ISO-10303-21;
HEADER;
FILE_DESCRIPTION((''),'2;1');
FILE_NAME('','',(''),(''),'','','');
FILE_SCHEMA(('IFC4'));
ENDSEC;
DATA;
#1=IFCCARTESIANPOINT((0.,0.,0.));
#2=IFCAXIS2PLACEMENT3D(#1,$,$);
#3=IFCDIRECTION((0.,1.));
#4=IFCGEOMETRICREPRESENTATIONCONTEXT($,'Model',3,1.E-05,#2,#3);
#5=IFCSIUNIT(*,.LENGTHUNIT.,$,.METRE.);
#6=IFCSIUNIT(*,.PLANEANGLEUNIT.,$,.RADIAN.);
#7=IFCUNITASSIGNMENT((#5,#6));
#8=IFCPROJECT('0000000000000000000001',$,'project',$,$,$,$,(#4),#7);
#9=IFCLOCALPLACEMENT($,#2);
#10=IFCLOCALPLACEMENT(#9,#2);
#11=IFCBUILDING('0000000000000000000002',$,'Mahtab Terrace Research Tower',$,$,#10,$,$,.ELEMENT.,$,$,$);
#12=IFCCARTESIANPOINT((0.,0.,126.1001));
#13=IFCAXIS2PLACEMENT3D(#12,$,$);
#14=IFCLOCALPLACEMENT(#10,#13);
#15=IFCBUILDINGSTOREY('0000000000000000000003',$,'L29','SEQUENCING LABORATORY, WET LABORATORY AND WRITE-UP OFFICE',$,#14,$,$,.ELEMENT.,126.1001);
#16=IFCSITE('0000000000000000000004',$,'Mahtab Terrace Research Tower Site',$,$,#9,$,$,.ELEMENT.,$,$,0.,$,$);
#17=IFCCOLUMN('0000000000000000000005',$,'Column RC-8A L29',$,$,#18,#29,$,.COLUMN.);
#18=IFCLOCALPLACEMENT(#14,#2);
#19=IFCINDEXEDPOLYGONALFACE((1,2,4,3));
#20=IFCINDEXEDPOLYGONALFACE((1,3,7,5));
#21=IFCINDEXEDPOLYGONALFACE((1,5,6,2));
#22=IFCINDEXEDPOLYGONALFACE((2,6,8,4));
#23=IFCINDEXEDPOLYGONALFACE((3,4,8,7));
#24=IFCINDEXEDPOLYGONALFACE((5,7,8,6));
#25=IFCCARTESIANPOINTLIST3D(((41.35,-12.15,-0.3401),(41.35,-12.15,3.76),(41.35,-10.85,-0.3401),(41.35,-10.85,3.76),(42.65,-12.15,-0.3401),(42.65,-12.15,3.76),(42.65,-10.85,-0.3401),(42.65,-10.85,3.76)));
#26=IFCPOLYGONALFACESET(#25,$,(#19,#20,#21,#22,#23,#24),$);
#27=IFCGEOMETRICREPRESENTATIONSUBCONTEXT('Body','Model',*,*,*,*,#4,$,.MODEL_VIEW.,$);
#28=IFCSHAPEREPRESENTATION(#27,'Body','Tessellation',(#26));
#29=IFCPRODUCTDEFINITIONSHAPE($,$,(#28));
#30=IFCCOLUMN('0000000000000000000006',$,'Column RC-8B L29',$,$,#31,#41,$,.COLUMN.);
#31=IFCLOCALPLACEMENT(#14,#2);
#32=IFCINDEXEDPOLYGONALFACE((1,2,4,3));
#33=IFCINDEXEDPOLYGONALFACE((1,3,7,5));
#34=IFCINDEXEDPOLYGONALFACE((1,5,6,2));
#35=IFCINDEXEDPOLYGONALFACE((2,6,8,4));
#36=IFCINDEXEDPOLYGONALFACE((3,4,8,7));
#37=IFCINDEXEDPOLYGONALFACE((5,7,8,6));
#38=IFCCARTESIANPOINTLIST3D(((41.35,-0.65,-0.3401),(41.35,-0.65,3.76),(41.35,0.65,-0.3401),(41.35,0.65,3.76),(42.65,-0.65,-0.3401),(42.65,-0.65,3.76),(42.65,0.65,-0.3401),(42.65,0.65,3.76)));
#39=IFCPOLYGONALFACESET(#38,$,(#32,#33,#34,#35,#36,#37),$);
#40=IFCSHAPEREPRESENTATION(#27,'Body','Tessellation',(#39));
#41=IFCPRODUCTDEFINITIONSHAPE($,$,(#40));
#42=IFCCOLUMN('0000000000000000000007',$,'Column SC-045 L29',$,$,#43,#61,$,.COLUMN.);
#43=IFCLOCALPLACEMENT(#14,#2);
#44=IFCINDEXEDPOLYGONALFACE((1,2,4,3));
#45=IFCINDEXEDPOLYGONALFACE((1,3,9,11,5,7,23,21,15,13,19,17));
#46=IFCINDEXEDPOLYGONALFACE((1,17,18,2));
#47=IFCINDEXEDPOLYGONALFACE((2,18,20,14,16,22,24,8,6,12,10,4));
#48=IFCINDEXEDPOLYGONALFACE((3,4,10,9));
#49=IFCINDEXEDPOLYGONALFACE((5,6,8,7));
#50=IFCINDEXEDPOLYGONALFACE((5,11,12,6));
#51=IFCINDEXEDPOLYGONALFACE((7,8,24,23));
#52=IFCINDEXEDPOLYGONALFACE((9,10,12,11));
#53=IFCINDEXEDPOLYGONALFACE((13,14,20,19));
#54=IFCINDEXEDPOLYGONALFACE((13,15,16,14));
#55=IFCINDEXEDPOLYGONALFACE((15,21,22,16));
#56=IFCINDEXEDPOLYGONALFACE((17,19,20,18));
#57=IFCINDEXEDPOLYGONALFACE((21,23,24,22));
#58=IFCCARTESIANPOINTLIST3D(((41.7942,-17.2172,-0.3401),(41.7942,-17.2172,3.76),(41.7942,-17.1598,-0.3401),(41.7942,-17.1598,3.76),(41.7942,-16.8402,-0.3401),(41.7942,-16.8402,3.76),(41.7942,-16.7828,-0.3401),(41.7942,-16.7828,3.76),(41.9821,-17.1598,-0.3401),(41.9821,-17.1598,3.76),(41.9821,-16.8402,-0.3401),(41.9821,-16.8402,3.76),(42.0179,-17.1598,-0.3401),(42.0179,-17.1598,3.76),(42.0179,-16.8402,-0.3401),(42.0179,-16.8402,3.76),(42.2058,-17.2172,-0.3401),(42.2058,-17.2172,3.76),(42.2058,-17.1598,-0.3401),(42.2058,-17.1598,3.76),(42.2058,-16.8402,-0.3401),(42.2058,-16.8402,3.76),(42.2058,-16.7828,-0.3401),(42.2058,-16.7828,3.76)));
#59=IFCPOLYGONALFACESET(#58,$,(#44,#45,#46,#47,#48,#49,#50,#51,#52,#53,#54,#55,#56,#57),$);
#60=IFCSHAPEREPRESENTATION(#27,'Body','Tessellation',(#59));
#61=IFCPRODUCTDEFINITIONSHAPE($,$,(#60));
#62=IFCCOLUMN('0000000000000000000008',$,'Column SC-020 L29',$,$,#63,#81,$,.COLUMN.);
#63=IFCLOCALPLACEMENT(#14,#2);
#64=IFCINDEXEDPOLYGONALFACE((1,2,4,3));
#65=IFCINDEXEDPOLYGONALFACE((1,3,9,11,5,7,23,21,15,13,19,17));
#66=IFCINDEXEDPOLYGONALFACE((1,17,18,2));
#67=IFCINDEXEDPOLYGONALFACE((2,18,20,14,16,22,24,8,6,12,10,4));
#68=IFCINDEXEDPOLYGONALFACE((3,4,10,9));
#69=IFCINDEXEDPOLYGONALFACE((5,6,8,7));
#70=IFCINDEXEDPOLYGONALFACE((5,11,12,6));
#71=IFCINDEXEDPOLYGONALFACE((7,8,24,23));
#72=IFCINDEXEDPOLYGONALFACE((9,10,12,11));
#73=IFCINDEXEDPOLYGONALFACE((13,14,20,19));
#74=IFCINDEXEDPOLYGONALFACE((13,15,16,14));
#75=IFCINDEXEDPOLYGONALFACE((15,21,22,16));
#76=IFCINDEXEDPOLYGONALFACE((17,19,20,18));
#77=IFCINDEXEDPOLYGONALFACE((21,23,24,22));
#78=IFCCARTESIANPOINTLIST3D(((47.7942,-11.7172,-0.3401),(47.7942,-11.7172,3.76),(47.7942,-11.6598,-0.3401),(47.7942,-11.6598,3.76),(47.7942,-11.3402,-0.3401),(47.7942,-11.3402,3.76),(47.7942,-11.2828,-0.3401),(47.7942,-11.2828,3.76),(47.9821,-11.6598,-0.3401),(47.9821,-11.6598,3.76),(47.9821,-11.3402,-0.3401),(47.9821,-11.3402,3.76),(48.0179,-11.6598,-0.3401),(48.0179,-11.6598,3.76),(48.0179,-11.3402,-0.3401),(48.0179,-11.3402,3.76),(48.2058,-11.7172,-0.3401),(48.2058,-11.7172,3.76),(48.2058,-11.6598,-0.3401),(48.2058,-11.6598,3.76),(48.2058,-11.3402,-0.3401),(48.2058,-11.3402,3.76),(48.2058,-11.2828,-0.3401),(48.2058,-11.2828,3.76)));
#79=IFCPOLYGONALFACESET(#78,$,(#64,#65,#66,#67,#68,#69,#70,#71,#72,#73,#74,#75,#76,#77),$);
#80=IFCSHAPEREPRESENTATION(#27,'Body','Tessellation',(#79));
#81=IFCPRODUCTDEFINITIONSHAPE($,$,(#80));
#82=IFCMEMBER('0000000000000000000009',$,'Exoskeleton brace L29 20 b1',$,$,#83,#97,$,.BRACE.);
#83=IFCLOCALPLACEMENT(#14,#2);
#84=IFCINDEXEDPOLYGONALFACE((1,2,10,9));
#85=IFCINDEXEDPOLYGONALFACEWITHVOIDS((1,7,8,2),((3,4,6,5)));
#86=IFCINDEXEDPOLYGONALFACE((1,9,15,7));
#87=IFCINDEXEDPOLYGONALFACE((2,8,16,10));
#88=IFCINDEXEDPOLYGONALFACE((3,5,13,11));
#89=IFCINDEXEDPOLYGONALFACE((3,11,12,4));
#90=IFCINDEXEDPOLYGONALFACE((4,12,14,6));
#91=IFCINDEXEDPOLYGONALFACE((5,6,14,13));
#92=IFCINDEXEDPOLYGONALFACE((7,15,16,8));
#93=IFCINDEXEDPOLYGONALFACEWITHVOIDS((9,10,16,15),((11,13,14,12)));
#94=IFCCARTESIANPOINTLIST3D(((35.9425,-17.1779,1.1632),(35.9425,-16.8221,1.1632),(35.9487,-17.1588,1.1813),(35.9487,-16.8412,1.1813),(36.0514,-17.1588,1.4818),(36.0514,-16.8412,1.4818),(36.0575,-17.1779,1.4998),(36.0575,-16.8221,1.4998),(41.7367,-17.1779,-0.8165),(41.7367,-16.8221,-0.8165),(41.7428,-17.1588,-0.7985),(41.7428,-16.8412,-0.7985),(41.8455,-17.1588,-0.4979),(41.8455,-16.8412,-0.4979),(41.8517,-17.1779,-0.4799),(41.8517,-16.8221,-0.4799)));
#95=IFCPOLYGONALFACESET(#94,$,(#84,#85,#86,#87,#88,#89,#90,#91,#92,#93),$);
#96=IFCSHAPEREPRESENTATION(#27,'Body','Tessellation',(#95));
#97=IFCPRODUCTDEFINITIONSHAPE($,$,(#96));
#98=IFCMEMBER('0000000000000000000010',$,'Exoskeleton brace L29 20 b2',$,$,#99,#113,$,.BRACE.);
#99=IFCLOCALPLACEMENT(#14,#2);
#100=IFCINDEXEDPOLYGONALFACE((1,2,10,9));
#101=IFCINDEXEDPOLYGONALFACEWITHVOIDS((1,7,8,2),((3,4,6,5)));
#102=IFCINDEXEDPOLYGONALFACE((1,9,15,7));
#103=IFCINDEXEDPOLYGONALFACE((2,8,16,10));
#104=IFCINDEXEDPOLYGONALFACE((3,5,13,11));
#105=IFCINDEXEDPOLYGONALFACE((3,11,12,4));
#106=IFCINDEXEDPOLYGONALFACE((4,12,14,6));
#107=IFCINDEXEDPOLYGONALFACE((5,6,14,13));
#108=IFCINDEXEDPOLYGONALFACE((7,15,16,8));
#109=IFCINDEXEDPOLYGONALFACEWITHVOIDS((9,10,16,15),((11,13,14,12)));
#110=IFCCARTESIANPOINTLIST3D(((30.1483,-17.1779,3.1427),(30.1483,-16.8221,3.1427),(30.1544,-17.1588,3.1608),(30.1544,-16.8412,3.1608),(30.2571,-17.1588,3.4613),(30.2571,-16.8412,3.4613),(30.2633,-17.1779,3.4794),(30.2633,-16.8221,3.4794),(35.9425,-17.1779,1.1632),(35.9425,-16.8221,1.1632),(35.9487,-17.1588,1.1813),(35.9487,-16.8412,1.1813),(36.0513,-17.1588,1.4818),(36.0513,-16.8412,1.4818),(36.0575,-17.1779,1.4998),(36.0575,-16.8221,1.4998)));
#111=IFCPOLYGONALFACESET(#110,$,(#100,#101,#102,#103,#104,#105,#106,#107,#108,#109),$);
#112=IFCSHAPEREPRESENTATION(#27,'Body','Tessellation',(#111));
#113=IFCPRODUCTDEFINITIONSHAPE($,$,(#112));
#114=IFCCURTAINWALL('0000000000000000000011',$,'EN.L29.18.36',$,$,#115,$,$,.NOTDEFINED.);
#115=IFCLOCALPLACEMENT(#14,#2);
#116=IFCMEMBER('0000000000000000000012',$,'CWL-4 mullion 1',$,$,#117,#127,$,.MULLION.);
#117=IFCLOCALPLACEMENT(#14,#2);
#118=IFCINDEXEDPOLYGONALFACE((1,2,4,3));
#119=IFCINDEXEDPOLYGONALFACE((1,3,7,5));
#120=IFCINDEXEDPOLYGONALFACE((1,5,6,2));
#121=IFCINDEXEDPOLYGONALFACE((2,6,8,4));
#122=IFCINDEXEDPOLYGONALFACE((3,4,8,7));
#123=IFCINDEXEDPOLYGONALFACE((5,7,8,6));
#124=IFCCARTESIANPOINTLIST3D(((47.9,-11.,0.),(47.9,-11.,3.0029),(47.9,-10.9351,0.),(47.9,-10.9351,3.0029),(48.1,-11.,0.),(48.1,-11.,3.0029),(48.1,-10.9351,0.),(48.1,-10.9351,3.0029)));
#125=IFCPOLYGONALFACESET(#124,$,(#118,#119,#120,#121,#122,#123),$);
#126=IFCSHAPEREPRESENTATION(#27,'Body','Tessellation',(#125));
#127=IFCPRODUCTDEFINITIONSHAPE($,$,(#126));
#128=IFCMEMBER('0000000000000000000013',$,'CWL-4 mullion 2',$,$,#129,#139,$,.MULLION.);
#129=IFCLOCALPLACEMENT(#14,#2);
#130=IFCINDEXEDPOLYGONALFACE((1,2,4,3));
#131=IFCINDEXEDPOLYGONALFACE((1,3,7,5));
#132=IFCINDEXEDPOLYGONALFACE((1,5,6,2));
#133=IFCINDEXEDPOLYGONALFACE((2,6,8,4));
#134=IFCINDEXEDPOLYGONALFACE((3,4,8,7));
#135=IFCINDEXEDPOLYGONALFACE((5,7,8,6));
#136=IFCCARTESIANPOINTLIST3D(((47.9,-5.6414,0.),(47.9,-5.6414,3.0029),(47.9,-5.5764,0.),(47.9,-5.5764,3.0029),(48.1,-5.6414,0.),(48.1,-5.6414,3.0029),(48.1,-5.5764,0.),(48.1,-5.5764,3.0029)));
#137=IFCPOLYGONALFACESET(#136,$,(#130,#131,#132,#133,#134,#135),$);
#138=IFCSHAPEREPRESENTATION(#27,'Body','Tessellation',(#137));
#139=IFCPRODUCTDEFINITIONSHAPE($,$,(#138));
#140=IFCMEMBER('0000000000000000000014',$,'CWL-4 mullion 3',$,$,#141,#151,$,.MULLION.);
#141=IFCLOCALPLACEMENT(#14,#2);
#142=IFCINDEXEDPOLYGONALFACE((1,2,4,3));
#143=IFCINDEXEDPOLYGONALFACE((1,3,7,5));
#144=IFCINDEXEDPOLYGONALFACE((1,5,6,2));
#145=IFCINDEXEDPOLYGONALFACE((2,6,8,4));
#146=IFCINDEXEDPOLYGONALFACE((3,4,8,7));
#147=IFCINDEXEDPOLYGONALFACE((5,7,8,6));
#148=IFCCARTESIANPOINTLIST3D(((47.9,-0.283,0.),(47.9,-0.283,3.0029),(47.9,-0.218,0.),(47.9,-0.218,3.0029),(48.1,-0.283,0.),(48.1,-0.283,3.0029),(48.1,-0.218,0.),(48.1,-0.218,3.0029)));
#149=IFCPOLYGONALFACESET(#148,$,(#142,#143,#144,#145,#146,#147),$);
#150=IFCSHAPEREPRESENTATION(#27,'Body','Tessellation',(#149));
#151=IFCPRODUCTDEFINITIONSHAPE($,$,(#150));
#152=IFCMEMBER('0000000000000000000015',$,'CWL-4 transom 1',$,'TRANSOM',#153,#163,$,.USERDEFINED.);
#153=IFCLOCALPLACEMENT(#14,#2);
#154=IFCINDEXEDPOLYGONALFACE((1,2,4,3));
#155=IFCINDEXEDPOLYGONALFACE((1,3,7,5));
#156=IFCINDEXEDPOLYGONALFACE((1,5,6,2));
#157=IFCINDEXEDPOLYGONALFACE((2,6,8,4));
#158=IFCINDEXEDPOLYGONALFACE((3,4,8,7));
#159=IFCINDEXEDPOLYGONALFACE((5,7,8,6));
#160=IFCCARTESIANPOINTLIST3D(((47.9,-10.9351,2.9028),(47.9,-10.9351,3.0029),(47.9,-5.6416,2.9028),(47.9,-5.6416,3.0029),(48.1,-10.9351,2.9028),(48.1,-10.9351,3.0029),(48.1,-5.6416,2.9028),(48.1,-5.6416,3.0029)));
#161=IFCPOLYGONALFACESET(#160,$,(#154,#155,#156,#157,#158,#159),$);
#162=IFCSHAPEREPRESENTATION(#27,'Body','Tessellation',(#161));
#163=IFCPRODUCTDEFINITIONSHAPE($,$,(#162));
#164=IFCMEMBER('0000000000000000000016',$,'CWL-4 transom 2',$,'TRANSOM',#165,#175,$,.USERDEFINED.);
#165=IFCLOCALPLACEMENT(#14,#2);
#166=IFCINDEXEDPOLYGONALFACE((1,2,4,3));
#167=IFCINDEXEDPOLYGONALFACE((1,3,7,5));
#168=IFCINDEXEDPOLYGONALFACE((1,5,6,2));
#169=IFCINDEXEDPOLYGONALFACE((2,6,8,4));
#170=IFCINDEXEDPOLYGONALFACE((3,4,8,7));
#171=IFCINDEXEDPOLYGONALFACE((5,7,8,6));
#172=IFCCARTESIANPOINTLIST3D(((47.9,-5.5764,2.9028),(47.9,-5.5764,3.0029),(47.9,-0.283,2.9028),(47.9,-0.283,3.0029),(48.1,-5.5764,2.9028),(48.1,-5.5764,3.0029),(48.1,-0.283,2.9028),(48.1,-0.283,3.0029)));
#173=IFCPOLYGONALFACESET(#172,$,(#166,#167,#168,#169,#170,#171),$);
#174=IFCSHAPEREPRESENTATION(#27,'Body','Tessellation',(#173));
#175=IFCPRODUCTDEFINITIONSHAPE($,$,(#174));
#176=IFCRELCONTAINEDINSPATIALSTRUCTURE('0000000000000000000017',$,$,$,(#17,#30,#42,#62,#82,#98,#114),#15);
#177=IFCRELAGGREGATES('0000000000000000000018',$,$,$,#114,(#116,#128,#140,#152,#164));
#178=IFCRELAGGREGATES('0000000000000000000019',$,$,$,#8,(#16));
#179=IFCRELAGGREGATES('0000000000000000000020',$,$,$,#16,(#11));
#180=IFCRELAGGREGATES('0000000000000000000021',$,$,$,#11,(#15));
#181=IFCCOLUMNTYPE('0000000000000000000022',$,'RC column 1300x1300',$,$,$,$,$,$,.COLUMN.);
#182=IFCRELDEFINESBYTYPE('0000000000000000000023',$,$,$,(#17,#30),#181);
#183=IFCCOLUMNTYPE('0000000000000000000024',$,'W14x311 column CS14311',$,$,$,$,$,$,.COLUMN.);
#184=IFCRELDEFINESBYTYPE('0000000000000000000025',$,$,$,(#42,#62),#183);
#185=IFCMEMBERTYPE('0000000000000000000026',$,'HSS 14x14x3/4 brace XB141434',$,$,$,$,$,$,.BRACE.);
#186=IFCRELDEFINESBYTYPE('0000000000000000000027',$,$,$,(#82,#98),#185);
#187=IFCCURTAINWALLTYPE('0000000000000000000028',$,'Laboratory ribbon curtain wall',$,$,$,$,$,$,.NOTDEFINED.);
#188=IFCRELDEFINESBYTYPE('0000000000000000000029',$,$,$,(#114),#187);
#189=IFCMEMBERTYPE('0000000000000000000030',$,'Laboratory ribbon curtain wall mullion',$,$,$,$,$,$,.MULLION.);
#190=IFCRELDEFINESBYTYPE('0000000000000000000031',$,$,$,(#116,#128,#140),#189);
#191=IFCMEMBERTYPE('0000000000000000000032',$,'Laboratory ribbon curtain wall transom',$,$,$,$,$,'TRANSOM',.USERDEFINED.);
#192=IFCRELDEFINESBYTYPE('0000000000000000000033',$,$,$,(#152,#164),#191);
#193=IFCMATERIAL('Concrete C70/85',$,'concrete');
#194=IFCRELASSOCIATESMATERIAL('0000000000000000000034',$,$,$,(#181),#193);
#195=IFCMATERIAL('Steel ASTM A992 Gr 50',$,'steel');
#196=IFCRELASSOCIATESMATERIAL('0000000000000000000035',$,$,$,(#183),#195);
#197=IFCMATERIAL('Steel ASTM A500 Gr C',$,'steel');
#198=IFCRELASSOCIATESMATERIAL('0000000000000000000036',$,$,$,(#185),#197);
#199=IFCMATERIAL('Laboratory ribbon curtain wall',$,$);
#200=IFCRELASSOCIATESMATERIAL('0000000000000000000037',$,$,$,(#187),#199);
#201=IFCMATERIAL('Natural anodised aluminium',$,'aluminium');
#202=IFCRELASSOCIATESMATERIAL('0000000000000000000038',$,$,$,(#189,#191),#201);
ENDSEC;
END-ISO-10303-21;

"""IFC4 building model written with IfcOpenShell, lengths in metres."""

from ifc_helpers import new_model, si_unit, direction, frame, origin, origin_2d, place, context, subcontext, project, spatial, rectangle, hollow_rectangle, i_section, extrude, material, material_profile, profile_set, type_object, element, aggregate, save


model = new_model("IFC4")

# Units and contexts
model_context = context("Model", 3, precision=1e-05, world=origin(), true_north=direction((0.0, 1.0)))
body_context = subcontext(model_context, "Body", "Model", "MODEL_VIEW")
ifc_project = project(units=[si_unit("LENGTHUNIT", "METRE"), si_unit("PLANEANGLEUNIT", "RADIAN")], contexts=[model_context])

# Site, building, storey
site_placement = place(None, origin())
site = spatial("IfcSite", under=ifc_project, at=site_placement, Name="Mahtab Terrace Research Tower Site", CompositionType="ELEMENT", RefElevation=0.0)
building_placement = place(site_placement, origin())
building = spatial("IfcBuilding", under=site, at=building_placement, Name="Mahtab Terrace Research Tower", CompositionType="ELEMENT")
storey_placement = place(building_placement, frame((0.0, 0.0, 126.1001)))
storey = spatial("IfcBuildingStorey", under=building, at=storey_placement, Name="L29", Description="SEQUENCING LABORATORY, WET LABORATORY AND WRITE-UP OFFICE", CompositionType="ELEMENT", Elevation=126.1001)

# Columns
ifc_material_1 = material(Name="Concrete C70/85", Category="concrete")
ifc_material_profile_1 = material_profile(ifc_material_1, rectangle(XDim=1.3, YDim=1.3, at=origin_2d()), Name="RC column 1300x1300")
ifc_profile_set_1 = profile_set([ifc_material_profile_1], Name="Concrete C70/85")
column_type_1 = type_object("IfcColumnType", Name="RC column 1300x1300", PredefinedType="COLUMN", material=ifc_profile_set_1)
for number, where, z_axis, x_axis, name in (
    (1, (42.0, -11.5, -0.3401), (0.0, 0.0, 1.0), (1.0, 0.0, 0.0), "Column RC-8A L29"),
    (2, (42.0, 0.0, -0.3401), (0.0, 0.0, 1.0), (1.0, 0.0, 0.0), "Column RC-8B L29"),
):
    element("IfcColumn", number, at=place(storey_placement, frame(where, z_axis=z_axis, x_axis=x_axis)), inside=storey, type_object=column_type_1, Name=name, PredefinedType="COLUMN", context=body_context, shape_type="SweptSolid", body=[
        extrude(rectangle(XDim=1.3, YDim=1.3, at=origin_2d()), origin(), (0.0, 0.0, 1.0), 4.1001),
    ])
ifc_material_2 = material(Name="Steel ASTM A992 Gr 50", Category="steel")
ifc_material_profile_2 = material_profile(ifc_material_2, i_section(OverallWidth=0.4116, OverallDepth=0.4343, WebThickness=0.0359, FlangeThickness=0.0574, at=origin_2d()), Name="W14X311")
ifc_profile_set_2 = profile_set([ifc_material_profile_2], Name="Steel ASTM A992 Gr 50")
column_type_2 = type_object("IfcColumnType", Name="W14x311 column CS14311", PredefinedType="COLUMN", material=ifc_profile_set_2)
for number, where, z_axis, x_axis, name in (
    (3, (42.0, -17.0, -0.3401), (0.0, 0.0, 1.0), (1.0, 0.0, 0.0), "Column SC-045 L29"),
    (4, (48.0, -11.5, -0.3401), (0.0, 0.0, 1.0), (1.0, 0.0, 0.0), "Column SC-020 L29"),
):
    element("IfcColumn", number, at=place(storey_placement, frame(where, z_axis=z_axis, x_axis=x_axis)), inside=storey, type_object=column_type_2, Name=name, PredefinedType="COLUMN", context=body_context, shape_type="SweptSolid", body=[
        extrude(i_section(OverallWidth=0.4116, OverallDepth=0.4343, WebThickness=0.0359, FlangeThickness=0.0574, at=origin_2d()), origin(), (0.0, 0.0, 1.0), 4.1001),
    ])

# Members
ifc_material_3 = material(Name="Steel ASTM A500 Gr C", Category="steel")
ifc_material_profile_3 = material_profile(ifc_material_3, hollow_rectangle(XDim=0.3557, YDim=0.3557, WallThickness=0.019, at=origin_2d()), Name="HSS14X14X3/4")
ifc_profile_set_3 = profile_set([ifc_material_profile_3], Name="Steel ASTM A500 Gr C")
member_type_1 = type_object("IfcMemberType", Name="HSS 14x14x3/4 brace XB141434", PredefinedType="BRACE", material=ifc_profile_set_3)
for number, where, z_axis, x_axis, name in (
    (5, (41.7942, -17.0, -0.6482), (-0.946288, 0.0, 0.323324), (0.0, -1.0, 0.0), "Exoskeleton brace L29 20 b1"),
    (6, (36.0, -17.0, 1.3315), (-0.9463, 0.0, 0.323288), (0.0, -1.0, 0.0), "Exoskeleton brace L29 20 b2"),
):
    element("IfcMember", number, at=place(storey_placement, frame(where, z_axis=z_axis, x_axis=x_axis)), inside=storey, type_object=member_type_1, Name=name, PredefinedType="BRACE", context=body_context, shape_type="SweptSolid", body=[
        extrude(hollow_rectangle(XDim=0.3557, YDim=0.3557, WallThickness=0.019, at=origin_2d()), origin(), (0.0, 0.0, 1.0), 6.123),
    ])

# Curtain wall, members
ifc_material_4 = material(Name="Laboratory ribbon curtain wall")
curtain_wall_type = type_object("IfcCurtainWallType", Name="Laboratory ribbon curtain wall", PredefinedType="NOTDEFINED", material=ifc_material_4)
curtain_wall_placement = place(storey_placement, origin())
curtain_wall = element("IfcCurtainWall", 7, at=curtain_wall_placement, inside=storey, type_object=curtain_wall_type, Name="EN.L29.18.36", PredefinedType="NOTDEFINED")
ifc_material_5 = material(Name="Natural anodised aluminium", Category="aluminium")
ifc_material_profile_4 = material_profile(ifc_material_5, rectangle(XDim=0.2, YDim=0.0649, at=origin_2d()), Name="MULLION 65x200")
ifc_profile_set_4 = profile_set([ifc_material_profile_4], Name="Natural anodised aluminium")
member_type_2 = type_object("IfcMemberType", Name="Laboratory ribbon curtain wall mullion", PredefinedType="MULLION", material=ifc_profile_set_4)
member_1_placement = place(storey_placement, frame((48.0, -10.9675, 0.0), z_axis=(0.0, 0.0, 1.0), x_axis=(-1.0, 0.0, 0.0)))
member_1 = element("IfcMember", 8, at=member_1_placement, type_object=member_type_2, Name="CWL-4 mullion 1", PredefinedType="MULLION", context=body_context, shape_type="SweptSolid", body=[
    extrude(rectangle(XDim=0.2, YDim=0.0649, at=origin_2d()), origin(), (0.0, 0.0, 1.0), 3.0029),
])
member_2_placement = place(storey_placement, frame((48.0, -5.6089, 0.0), z_axis=(0.0, 0.0, 1.0), x_axis=(-1.0, 0.0, 0.0)))
member_2 = element("IfcMember", 9, at=member_2_placement, type_object=member_type_2, Name="CWL-4 mullion 2", PredefinedType="MULLION", context=body_context, shape_type="SweptSolid", body=[
    extrude(rectangle(XDim=0.2, YDim=0.0649, at=origin_2d()), origin(), (0.0, 0.0, 1.0), 3.0029),
])
member_3_placement = place(storey_placement, frame((48.0, -0.2505, 0.0), z_axis=(0.0, 0.0, 1.0), x_axis=(-1.0, 0.0, 0.0)))
member_3 = element("IfcMember", 10, at=member_3_placement, type_object=member_type_2, Name="CWL-4 mullion 3", PredefinedType="MULLION", context=body_context, shape_type="SweptSolid", body=[
    extrude(rectangle(XDim=0.2, YDim=0.0649, at=origin_2d()), origin(), (0.0, 0.0, 1.0), 3.0029),
])
ifc_material_profile_5 = material_profile(ifc_material_5, rectangle(XDim=0.2, YDim=0.1001, at=origin_2d()), Name="TRANSOM 100x200")
ifc_profile_set_5 = profile_set([ifc_material_profile_5], Name="Natural anodised aluminium")
member_type_3 = type_object("IfcMemberType", Name="Laboratory ribbon curtain wall transom", ElementType="TRANSOM", PredefinedType="USERDEFINED", material=ifc_profile_set_5)
member_4_placement = place(storey_placement, frame((48.0, -10.9351, 2.9529), z_axis=(0.0, 1.0, 0.0), x_axis=(-1.0, 0.0, 0.0)))
member_4 = element("IfcMember", 11, at=member_4_placement, type_object=member_type_3, Name="CWL-4 transom 1", ObjectType="TRANSOM", PredefinedType="USERDEFINED", context=body_context, shape_type="SweptSolid", body=[
    extrude(rectangle(XDim=0.2, YDim=0.1001, at=origin_2d()), origin(), (0.0, 0.0, 1.0), 5.2935),
])
member_5_placement = place(storey_placement, frame((48.0, -5.5764, 2.9529), z_axis=(0.0, 1.0, 0.0), x_axis=(-1.0, 0.0, 0.0)))
member_5 = element("IfcMember", 12, at=member_5_placement, type_object=member_type_3, Name="CWL-4 transom 2", ObjectType="TRANSOM", PredefinedType="USERDEFINED", context=body_context, shape_type="SweptSolid", body=[
    extrude(rectangle(XDim=0.2, YDim=0.1001, at=origin_2d()), origin(), (0.0, 0.0, 1.0), 5.2935),
])

aggregate(curtain_wall, [member_1, member_2, member_3, member_4, member_5])

save(model, "model.ifc")
